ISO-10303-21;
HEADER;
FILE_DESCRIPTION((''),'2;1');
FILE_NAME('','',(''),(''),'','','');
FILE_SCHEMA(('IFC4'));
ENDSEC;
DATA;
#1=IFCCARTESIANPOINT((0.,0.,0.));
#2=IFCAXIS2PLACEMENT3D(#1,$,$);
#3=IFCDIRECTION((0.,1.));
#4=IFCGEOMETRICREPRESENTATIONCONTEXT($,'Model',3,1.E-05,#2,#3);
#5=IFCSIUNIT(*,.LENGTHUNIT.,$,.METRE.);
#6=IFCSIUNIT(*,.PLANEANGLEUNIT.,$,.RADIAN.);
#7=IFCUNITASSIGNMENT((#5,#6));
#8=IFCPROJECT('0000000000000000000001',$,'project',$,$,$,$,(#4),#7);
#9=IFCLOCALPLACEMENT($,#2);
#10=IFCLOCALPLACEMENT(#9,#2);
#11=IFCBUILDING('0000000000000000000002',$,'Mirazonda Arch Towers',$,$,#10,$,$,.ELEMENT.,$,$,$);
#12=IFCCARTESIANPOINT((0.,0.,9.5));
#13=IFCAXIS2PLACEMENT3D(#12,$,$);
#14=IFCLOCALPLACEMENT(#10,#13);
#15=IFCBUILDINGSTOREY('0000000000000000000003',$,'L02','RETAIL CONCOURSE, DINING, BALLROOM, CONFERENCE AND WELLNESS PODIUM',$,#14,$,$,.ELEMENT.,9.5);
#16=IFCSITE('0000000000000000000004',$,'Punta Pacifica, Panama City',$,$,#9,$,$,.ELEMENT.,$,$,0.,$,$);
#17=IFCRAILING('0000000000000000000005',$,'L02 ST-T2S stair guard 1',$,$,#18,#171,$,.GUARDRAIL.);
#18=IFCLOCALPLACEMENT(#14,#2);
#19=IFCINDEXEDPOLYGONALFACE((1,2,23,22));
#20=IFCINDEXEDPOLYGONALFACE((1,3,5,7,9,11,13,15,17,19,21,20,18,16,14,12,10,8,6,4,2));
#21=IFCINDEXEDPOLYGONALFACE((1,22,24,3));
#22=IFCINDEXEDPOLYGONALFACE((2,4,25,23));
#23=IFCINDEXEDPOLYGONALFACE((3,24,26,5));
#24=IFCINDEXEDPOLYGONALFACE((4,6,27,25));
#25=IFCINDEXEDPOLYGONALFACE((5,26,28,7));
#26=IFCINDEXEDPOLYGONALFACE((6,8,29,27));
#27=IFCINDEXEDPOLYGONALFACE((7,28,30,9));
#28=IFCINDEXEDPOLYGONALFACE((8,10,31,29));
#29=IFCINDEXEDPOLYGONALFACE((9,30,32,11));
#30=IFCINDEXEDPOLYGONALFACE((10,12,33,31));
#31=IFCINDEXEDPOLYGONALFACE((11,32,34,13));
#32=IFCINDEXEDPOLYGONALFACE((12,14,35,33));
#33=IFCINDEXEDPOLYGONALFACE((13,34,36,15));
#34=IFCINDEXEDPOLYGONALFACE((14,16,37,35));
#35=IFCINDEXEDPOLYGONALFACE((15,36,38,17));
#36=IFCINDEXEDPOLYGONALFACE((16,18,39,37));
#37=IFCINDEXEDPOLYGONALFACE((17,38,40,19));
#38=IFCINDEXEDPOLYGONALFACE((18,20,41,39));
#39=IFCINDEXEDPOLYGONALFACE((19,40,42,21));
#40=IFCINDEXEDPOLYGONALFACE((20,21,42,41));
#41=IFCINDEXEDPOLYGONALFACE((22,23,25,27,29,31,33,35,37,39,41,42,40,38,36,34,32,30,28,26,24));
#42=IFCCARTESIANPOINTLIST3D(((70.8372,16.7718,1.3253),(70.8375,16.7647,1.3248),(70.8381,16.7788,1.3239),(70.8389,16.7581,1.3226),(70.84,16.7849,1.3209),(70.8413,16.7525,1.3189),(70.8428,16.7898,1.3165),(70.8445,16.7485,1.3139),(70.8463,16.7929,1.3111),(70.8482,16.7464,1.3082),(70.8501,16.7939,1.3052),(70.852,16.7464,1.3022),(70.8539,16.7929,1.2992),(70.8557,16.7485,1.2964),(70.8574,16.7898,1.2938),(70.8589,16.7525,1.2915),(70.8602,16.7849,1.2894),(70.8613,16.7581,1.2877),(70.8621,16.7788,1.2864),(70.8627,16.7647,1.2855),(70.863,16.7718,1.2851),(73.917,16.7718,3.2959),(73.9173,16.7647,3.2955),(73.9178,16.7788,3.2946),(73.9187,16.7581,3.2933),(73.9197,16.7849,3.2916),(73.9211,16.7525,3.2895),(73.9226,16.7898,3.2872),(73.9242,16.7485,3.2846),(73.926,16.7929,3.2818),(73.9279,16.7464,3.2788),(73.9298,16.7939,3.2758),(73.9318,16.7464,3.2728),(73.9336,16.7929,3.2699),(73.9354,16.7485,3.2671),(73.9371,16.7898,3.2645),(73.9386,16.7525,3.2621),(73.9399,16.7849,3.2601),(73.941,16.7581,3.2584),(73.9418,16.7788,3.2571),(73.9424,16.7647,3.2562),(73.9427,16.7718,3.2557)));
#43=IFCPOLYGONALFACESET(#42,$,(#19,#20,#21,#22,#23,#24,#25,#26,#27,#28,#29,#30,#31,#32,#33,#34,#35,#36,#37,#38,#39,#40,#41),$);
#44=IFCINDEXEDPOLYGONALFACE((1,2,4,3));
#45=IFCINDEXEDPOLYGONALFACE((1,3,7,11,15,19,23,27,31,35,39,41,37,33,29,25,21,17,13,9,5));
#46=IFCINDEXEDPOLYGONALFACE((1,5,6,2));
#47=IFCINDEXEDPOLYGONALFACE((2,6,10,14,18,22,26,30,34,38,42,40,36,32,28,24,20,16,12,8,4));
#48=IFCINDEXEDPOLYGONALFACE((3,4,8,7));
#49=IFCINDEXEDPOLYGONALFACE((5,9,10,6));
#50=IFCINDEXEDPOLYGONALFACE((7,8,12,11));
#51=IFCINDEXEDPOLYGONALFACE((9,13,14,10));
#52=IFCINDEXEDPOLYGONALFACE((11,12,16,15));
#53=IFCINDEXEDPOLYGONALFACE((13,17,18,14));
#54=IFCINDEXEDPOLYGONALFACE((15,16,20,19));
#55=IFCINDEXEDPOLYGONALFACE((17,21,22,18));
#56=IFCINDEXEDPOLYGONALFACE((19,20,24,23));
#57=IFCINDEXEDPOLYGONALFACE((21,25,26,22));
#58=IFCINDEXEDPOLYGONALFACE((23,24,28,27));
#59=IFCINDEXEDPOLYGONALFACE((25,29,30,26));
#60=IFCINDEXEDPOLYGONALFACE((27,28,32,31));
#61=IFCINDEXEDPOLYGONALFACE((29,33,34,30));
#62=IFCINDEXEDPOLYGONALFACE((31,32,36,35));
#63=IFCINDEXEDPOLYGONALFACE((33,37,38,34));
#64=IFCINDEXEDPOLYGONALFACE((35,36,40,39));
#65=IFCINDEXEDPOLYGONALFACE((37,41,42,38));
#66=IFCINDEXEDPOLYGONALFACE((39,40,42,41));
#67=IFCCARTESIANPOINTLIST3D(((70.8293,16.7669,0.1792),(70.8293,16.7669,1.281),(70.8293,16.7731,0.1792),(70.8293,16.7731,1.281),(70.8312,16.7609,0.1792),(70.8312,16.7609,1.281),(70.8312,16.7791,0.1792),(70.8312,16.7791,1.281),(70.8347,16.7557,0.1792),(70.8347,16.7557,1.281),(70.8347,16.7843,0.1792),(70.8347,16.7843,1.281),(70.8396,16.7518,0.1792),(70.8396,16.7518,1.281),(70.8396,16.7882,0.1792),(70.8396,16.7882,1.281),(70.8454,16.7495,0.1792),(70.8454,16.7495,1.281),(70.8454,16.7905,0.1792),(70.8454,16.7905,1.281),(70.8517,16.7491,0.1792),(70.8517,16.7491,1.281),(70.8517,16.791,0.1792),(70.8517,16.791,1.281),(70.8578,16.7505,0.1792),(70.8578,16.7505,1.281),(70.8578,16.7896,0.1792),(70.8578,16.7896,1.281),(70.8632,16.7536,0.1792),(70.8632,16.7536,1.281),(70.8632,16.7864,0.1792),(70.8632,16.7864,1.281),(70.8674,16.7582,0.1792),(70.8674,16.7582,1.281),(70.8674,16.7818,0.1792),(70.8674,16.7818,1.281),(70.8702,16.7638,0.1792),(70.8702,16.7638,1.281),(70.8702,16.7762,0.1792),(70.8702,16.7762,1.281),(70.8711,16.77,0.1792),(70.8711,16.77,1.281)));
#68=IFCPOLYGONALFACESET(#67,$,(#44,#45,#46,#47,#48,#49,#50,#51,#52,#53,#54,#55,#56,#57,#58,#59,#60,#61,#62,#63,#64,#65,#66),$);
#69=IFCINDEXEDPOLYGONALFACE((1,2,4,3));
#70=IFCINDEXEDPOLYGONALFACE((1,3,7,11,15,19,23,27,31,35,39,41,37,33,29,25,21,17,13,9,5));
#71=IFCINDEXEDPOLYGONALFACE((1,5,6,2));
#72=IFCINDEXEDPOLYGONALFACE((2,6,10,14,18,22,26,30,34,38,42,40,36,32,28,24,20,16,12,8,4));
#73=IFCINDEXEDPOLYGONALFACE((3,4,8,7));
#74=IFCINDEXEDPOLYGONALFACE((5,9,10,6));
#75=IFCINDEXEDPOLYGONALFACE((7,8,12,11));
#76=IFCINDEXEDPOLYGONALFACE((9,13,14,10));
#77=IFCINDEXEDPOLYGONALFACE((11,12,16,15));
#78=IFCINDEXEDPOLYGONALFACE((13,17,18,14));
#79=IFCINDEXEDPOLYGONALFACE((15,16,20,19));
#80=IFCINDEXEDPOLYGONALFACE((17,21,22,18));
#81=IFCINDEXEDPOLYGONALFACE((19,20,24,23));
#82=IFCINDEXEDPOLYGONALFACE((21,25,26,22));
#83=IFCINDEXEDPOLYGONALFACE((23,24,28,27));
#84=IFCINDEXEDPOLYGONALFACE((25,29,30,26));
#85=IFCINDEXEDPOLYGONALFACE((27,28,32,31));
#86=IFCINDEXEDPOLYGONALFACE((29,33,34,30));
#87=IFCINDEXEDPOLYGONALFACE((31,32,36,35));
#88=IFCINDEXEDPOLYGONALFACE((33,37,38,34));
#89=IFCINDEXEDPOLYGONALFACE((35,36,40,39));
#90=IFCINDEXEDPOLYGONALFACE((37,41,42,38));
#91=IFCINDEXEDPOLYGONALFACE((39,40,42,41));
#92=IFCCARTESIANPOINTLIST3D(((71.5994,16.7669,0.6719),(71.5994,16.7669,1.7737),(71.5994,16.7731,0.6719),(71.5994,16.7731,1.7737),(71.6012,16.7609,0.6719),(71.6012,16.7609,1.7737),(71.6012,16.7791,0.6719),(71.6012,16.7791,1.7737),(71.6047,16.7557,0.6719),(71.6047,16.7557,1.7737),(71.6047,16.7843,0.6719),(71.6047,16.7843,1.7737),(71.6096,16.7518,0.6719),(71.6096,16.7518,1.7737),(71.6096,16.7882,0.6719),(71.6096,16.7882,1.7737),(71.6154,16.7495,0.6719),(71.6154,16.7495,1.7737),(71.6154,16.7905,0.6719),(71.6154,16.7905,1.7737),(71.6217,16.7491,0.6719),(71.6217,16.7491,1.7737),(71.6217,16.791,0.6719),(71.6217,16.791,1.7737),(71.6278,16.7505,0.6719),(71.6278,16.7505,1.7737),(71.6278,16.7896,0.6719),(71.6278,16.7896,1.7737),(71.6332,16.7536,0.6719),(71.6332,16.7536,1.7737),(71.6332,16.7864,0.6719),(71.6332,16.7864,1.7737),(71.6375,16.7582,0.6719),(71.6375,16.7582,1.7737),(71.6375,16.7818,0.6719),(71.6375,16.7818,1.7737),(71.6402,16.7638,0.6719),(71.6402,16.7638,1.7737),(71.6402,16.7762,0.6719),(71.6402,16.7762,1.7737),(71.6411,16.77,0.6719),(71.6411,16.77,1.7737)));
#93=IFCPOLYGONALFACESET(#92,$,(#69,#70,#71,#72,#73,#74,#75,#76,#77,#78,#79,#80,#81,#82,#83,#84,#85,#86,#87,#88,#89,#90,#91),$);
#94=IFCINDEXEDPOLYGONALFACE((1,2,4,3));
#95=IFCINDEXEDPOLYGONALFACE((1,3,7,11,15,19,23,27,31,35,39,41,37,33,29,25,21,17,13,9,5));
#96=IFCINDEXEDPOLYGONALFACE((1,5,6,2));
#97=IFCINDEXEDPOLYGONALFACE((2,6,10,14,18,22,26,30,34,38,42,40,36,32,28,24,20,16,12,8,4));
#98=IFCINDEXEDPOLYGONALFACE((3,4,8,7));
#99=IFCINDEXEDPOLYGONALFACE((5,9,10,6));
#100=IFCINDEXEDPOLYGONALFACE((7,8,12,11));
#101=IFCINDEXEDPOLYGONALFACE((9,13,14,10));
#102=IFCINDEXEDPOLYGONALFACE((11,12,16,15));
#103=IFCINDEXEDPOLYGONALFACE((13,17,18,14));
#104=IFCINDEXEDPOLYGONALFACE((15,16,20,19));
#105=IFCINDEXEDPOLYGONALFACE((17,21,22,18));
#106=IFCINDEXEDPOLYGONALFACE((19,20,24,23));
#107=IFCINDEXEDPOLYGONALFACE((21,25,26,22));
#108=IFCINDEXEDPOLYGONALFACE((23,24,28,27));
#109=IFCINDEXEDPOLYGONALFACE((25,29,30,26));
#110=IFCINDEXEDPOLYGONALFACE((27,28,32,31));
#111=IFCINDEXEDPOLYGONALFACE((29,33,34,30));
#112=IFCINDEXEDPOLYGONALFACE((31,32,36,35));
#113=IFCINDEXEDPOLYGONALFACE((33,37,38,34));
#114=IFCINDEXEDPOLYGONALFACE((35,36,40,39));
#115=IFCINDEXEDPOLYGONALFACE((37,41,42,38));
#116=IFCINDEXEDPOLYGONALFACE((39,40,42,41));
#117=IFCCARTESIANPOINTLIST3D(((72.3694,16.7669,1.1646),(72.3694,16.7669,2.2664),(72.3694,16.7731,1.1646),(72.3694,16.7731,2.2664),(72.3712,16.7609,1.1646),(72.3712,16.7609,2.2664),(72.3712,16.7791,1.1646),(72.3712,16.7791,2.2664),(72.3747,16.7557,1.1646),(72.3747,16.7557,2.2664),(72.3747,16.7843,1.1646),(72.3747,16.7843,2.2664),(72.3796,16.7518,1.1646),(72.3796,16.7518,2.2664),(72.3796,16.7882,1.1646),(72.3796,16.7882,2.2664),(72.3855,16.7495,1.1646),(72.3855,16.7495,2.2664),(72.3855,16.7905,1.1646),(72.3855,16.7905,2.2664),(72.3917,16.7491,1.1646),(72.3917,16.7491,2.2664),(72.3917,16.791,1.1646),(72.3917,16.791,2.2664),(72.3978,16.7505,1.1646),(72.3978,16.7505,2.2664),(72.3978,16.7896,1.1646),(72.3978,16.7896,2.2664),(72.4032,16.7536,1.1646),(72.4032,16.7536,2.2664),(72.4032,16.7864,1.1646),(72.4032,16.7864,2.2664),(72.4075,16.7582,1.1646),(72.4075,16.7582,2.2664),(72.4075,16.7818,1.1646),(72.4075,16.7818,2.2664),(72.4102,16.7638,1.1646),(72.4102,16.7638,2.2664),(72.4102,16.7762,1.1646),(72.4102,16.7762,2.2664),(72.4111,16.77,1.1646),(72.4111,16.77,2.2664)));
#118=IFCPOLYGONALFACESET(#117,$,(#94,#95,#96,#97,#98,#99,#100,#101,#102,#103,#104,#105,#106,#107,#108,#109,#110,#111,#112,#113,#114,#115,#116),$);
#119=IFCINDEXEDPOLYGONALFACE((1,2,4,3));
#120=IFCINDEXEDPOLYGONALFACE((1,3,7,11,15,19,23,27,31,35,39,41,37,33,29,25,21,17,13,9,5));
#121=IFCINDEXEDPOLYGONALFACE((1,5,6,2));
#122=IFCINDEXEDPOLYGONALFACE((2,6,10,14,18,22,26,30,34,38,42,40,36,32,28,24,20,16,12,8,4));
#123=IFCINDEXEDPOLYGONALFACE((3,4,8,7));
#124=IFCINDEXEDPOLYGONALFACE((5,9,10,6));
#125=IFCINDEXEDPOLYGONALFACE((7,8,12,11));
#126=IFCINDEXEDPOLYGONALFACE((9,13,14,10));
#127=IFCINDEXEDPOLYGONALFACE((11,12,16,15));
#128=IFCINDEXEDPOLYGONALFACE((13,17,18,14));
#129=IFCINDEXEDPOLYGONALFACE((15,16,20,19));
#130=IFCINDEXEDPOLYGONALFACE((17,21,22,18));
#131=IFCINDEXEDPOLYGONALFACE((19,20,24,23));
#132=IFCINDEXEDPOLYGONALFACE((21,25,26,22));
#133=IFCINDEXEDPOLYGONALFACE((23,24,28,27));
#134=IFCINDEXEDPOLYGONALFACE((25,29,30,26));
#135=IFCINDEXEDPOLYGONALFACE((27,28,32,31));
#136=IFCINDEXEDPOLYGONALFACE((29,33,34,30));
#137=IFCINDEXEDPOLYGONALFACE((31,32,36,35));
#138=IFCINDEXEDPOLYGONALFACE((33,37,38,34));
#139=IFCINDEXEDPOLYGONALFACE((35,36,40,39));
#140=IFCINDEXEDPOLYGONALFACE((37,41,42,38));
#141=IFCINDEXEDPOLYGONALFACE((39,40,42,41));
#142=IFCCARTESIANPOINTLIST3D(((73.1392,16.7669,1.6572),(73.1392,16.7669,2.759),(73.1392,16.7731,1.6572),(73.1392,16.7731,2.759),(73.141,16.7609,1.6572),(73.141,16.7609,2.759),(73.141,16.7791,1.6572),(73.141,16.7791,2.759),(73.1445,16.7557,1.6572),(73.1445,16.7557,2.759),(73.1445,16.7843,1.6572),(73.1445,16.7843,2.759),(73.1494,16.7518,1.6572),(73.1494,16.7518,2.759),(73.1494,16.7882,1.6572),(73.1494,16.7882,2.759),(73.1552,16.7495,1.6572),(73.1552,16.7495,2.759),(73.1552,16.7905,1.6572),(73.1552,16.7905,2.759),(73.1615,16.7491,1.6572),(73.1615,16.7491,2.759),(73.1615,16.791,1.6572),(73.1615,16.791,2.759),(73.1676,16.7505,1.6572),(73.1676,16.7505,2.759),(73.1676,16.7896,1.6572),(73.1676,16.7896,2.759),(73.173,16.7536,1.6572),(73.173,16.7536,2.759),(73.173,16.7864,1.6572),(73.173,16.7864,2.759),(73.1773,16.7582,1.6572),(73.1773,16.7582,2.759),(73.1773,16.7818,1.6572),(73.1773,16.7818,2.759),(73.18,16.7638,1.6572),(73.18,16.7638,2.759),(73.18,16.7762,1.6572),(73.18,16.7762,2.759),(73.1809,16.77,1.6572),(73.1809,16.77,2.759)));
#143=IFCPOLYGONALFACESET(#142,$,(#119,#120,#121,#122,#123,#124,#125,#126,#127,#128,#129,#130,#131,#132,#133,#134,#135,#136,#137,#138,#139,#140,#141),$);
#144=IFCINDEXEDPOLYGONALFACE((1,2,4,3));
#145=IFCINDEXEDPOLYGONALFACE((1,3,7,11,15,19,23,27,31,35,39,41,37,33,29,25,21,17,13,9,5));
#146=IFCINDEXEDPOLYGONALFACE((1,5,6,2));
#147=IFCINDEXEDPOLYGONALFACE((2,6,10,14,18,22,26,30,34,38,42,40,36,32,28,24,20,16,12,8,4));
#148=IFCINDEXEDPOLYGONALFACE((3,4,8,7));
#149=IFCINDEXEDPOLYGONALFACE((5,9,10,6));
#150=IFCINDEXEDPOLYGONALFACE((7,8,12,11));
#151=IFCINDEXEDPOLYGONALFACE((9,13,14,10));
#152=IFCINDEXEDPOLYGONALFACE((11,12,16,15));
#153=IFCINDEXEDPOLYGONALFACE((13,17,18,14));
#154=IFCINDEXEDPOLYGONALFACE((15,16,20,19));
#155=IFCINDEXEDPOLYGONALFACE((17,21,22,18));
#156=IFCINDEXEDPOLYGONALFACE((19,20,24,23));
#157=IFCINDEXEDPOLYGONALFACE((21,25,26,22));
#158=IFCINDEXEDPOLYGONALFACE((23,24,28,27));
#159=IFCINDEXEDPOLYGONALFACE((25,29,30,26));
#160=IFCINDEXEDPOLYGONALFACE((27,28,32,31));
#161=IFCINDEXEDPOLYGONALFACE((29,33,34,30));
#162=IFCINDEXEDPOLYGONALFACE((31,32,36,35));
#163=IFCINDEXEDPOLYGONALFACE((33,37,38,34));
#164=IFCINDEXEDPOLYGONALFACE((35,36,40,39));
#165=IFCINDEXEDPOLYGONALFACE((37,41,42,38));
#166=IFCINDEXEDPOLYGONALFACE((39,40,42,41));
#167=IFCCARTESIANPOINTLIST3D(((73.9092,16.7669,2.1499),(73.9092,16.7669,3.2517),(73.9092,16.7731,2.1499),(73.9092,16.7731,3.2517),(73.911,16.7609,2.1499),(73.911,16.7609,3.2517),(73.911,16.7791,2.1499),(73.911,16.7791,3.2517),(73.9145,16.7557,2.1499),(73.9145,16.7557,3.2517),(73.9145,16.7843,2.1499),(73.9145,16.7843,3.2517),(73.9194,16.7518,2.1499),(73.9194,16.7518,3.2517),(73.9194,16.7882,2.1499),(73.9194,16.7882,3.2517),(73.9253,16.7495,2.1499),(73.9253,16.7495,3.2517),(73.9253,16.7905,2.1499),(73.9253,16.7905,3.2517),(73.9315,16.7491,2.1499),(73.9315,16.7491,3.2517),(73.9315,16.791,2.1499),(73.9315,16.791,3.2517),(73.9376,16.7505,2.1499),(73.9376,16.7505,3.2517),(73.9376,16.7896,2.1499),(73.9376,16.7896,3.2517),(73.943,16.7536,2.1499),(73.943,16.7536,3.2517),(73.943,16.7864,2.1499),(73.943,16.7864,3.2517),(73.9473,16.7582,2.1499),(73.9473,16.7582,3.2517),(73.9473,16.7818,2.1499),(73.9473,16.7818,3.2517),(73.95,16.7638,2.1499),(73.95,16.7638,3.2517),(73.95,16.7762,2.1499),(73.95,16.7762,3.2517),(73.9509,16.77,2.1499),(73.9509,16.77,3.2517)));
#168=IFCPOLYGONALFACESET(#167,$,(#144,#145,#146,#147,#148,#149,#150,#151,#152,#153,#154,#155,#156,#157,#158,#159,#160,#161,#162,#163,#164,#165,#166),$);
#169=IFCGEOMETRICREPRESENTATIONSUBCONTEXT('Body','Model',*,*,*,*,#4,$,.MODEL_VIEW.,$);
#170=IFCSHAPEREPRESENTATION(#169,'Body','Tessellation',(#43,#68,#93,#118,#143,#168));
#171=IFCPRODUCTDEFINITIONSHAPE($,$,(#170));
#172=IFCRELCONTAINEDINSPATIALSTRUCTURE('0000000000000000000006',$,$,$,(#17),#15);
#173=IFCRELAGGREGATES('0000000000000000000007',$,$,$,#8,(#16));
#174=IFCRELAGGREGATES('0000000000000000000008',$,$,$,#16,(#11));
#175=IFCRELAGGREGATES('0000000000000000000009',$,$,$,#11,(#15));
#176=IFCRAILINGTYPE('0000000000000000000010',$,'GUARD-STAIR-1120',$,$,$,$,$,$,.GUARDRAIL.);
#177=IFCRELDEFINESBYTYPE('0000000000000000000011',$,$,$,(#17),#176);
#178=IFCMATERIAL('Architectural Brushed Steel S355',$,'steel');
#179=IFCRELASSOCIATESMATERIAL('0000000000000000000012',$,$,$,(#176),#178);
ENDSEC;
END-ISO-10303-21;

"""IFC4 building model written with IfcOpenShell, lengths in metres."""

from ifc_helpers import new_model, si_unit, direction, frame, origin, origin_2d, place, context, subcontext, project, spatial, circle, extrude, material, type_object, element, save


model = new_model("IFC4")

# Units and contexts
model_context = context("Model", 3, precision=1e-05, world=origin(), true_north=direction((0.0, 1.0)))
body_context = subcontext(model_context, "Body", "Model", "MODEL_VIEW")
ifc_project = project(units=[si_unit("LENGTHUNIT", "METRE"), si_unit("PLANEANGLEUNIT", "RADIAN")], contexts=[model_context])

# Site, building, storey
site_placement = place(None, origin())
site = spatial("IfcSite", under=ifc_project, at=site_placement, Name="Punta Pacifica, Panama City", CompositionType="ELEMENT", RefElevation=0.0)
building_placement = place(site_placement, origin())
building = spatial("IfcBuilding", under=site, at=building_placement, Name="Mirazonda Arch Towers", CompositionType="ELEMENT")
storey_placement = place(building_placement, frame((0.0, 0.0, 9.5)))
storey = spatial("IfcBuildingStorey", under=building, at=storey_placement, Name="L02", Description="RETAIL CONCOURSE, DINING, BALLROOM, CONFERENCE AND WELLNESS PODIUM", CompositionType="ELEMENT", Elevation=9.5)

# Railing
ifc_material_1 = material(Name="Architectural Brushed Steel S355", Category="steel")
railing_type_1 = type_object("IfcRailingType", Name="GUARD-STAIR-1120", PredefinedType="GUARDRAIL", material=ifc_material_1)
railing_1_placement = place(storey_placement, frame((70.8501, 16.77, 0.1792)))
element("IfcRailing", 1, at=railing_1_placement, inside=storey, type_object=railing_type_1, Name="L02 ST-T2S stair guard 1", PredefinedType="GUARDRAIL", context=body_context, shape_type="SweptSolid", body=[
    extrude(circle(Radius=0.0239, at=origin_2d()), frame((0.0, 0.0, 1.126), z_axis=(0.84232, 0.0, 0.538978), x_axis=(0.0, 1.0, 0.0)), (0.0, 0.0, 1.0), 3.6562),
    extrude(circle(Radius=0.021, at=origin_2d()), origin(), (0.0, 0.0, 1.0), 1.1018),
    extrude(circle(Radius=0.021, at=origin_2d()), frame((0.77, 0.0, 0.4927)), (0.0, 0.0, 1.0), 1.1018),
    extrude(circle(Radius=0.021, at=origin_2d()), frame((1.54, 0.0, 0.9854)), (0.0, 0.0, 1.0), 1.1018),
    extrude(circle(Radius=0.021, at=origin_2d()), frame((2.3098, 0.0, 1.478)), (0.0, 0.0, 1.0), 1.1018),
    extrude(circle(Radius=0.021, at=origin_2d()), frame((3.0798, 0.0, 1.9707)), (0.0, 0.0, 1.0), 1.1018),
])

save(model, "model.ifc")
